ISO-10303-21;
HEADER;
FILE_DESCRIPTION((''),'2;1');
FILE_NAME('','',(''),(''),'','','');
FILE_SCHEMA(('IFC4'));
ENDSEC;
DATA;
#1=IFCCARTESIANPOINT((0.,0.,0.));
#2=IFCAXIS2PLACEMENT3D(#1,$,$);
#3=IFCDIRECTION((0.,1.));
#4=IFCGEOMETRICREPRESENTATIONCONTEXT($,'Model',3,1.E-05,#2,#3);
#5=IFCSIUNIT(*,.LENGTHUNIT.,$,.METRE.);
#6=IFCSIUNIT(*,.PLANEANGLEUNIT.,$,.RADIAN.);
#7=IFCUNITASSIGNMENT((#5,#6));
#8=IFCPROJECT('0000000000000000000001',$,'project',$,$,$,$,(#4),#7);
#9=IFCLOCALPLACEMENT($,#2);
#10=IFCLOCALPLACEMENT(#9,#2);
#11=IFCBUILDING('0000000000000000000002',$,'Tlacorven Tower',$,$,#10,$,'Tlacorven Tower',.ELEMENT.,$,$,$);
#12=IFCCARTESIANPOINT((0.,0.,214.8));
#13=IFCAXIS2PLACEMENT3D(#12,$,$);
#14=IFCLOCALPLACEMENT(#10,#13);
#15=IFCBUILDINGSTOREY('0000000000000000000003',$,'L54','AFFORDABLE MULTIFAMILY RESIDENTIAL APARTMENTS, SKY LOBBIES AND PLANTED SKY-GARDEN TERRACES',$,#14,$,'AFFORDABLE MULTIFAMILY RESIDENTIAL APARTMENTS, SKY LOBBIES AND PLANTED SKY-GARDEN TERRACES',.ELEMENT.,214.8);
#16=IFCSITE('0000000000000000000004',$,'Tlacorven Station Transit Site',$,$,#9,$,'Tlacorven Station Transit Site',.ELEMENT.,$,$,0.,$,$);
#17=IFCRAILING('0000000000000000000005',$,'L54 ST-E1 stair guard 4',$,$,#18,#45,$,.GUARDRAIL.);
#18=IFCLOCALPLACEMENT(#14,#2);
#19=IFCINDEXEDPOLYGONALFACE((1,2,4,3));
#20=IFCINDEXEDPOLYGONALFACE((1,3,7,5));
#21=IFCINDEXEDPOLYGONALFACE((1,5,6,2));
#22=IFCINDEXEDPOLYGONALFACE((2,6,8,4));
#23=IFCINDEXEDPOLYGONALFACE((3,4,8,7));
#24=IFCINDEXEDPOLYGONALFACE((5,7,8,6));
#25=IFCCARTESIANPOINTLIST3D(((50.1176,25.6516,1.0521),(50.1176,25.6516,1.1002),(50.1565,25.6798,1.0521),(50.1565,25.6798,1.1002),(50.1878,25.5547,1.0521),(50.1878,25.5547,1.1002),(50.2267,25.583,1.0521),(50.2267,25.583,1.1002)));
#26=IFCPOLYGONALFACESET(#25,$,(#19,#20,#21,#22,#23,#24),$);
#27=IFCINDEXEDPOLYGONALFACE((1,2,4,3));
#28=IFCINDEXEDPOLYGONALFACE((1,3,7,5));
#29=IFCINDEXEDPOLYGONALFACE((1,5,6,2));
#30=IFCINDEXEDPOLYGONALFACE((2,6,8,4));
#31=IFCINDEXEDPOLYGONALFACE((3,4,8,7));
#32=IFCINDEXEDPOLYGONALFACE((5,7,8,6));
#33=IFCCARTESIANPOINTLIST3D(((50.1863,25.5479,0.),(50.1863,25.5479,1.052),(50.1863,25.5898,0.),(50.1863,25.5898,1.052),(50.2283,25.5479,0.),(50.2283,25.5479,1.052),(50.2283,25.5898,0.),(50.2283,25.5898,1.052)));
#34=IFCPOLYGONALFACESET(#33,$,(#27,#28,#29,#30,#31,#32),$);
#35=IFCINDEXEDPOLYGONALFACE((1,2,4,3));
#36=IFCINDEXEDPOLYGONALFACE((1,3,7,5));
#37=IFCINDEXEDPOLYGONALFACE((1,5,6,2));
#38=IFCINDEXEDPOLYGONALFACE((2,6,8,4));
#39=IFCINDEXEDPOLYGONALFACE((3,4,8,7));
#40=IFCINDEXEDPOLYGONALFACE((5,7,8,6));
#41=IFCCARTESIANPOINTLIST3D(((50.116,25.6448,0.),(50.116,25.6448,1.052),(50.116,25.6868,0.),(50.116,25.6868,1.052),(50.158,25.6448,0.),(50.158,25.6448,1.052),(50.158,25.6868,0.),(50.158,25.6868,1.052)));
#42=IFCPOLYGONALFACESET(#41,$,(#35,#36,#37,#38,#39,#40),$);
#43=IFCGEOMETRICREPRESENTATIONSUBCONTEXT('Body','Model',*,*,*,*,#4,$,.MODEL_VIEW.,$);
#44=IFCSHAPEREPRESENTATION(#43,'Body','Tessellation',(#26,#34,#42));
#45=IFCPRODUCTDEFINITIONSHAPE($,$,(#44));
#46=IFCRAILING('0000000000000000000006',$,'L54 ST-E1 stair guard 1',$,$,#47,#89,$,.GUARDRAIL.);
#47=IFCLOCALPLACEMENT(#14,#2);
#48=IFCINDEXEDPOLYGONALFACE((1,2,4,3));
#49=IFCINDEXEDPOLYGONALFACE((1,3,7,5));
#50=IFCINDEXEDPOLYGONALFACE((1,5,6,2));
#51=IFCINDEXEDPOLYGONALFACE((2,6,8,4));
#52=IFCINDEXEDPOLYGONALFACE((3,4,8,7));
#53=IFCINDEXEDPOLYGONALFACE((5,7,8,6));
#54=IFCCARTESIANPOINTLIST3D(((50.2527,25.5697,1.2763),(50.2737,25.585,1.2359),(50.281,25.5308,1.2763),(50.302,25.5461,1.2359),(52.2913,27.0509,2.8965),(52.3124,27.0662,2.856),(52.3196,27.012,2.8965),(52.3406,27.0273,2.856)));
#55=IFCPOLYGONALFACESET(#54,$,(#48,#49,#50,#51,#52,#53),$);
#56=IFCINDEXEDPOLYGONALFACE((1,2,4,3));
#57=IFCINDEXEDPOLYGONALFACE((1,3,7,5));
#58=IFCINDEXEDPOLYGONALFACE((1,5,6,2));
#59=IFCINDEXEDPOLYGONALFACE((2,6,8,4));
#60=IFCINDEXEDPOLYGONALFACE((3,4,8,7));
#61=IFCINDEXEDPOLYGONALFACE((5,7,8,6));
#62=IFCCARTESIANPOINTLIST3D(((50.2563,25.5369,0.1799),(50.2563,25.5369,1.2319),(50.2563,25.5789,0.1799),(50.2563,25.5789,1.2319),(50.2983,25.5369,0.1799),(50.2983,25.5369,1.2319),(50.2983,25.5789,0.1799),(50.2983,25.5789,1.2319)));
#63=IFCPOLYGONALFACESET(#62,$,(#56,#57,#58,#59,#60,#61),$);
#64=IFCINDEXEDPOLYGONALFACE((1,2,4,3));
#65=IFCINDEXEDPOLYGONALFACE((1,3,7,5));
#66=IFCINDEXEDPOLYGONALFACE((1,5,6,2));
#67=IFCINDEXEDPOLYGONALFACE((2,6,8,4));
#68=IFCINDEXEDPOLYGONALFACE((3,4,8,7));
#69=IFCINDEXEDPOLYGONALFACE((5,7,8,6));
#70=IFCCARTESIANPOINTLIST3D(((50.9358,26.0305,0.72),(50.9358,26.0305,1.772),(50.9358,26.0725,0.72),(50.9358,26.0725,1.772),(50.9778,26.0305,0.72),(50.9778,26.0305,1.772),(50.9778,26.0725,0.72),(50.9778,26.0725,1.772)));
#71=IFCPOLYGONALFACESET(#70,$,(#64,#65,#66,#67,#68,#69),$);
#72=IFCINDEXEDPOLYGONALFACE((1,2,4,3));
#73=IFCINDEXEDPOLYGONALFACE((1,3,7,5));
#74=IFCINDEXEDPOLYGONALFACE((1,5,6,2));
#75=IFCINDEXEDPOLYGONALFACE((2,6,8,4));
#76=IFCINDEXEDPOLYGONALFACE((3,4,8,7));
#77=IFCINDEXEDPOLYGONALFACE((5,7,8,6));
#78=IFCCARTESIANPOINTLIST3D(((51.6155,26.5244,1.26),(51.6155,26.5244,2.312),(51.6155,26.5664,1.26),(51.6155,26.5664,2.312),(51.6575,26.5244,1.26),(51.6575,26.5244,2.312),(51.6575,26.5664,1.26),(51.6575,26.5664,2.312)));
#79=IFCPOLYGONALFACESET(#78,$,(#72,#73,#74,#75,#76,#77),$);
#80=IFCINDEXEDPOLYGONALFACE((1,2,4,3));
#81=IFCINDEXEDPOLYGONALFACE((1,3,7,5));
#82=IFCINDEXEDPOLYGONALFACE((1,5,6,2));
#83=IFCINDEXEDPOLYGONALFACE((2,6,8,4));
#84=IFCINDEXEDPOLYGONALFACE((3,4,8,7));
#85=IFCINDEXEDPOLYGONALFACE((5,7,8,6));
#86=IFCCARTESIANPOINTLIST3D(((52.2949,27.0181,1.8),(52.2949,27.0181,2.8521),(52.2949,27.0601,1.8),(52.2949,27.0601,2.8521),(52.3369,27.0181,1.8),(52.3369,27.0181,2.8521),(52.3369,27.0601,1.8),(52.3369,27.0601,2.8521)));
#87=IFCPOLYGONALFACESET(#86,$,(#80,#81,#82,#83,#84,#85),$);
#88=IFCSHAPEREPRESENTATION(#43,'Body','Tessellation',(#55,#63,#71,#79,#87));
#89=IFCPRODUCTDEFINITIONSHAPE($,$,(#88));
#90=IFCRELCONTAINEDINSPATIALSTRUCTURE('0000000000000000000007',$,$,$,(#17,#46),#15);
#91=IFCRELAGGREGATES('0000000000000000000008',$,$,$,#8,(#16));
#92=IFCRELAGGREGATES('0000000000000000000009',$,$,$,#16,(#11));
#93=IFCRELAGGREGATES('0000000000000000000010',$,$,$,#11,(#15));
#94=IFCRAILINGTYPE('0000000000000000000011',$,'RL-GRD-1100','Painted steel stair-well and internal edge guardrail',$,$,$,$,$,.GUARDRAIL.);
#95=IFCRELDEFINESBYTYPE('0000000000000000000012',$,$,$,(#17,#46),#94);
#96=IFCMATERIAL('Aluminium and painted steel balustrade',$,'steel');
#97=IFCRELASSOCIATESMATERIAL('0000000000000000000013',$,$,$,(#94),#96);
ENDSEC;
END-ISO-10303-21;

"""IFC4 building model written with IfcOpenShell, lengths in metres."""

from ifc_helpers import new_model, si_unit, direction, frame, origin, origin_2d, place, context, subcontext, project, spatial, rectangle, extrude, source, transform, mapped, material, type_object, element, save


model = new_model("IFC4")

# Units and contexts
model_context = context("Model", 3, precision=1e-05, world=origin(), true_north=direction((0.0, 1.0)))
body_context = subcontext(model_context, "Body", "Model", "MODEL_VIEW")
ifc_project = project(units=[si_unit("LENGTHUNIT", "METRE"), si_unit("PLANEANGLEUNIT", "RADIAN")], contexts=[model_context])

# Site, building, storey
site_placement = place(None, origin())
site = spatial("IfcSite", under=ifc_project, at=site_placement, Name="Tlacorven Station Transit Site", LongName="Tlacorven Station Transit Site", CompositionType="ELEMENT", RefElevation=0.0)
building_placement = place(site_placement, origin())
building = spatial("IfcBuilding", under=site, at=building_placement, Name="Tlacorven Tower", LongName="Tlacorven Tower", CompositionType="ELEMENT")
storey_placement = place(building_placement, frame((0.0, 0.0, 214.8)))
storey = spatial("IfcBuildingStorey", under=building, at=storey_placement, Name="L54", Description="AFFORDABLE MULTIFAMILY RESIDENTIAL APARTMENTS, SKY LOBBIES AND PLANTED SKY-GARDEN TERRACES", LongName="AFFORDABLE MULTIFAMILY RESIDENTIAL APARTMENTS, SKY LOBBIES AND PLANTED SKY-GARDEN TERRACES", CompositionType="ELEMENT", Elevation=214.8)

# Railings
ifc_material_1 = material(Name="Aluminium and painted steel balustrade", Category="steel")
railing_type_1 = type_object("IfcRailingType", Name="RL-GRD-1100", Description="Painted steel stair-well and internal edge guardrail", PredefinedType="GUARDRAIL", material=ifc_material_1)
shared_shape_1 = source(origin(), body_context, "Body", "SweptSolid", [
    extrude(rectangle(XDim=0.0481, YDim=0.0481, at=origin_2d()), frame((0.0, 0.0, 1.0762), z_axis=(-0.587201, 0.809441, 0.0), x_axis=(-0.809441, -0.587201, 0.0)), (0.0, 0.0, 1.0), 0.1196),
    extrude(rectangle(XDim=0.042, YDim=0.042, at=origin_2d()), origin(), (0.0, 0.0, 1.0), 1.052),
    extrude(rectangle(XDim=0.042, YDim=0.042, at=origin_2d()), frame((-0.0703, 0.0969, 0.0)), (0.0, 0.0, 1.0), 1.052),
])
railing_1_placement = place(storey_placement, frame((50.2073, 25.5688, 0.0)))
element("IfcRailing", 1, at=railing_1_placement, inside=storey, type_object=railing_type_1, Name="L54 ST-E1 stair guard 4", PredefinedType="GUARDRAIL", context=body_context, shape_type="MappedRepresentation", body=[
    mapped(shared_shape_1, transform((0.0, 0.0, 0.0), scale=1.0)),
])
shared_shape_2 = source(origin(), body_context, "Body", "SweptSolid", [
    extrude(rectangle(XDim=0.0481, YDim=0.0481, at=origin_2d()), frame((0.0, 0.0, 1.0762), z_axis=(0.680489, 0.494434, 0.540805), x_axis=(-0.587809, 0.809, 0.0)), (0.0, 0.0, 1.0), 2.9958),
    extrude(rectangle(XDim=0.042, YDim=0.042, at=origin_2d()), origin(), (0.0, 0.0, 1.0), 1.052),
    extrude(rectangle(XDim=0.042, YDim=0.042, at=origin_2d()), frame((0.6794, 0.4937, 0.54)), (0.0, 0.0, 1.0), 1.052),
    extrude(rectangle(XDim=0.042, YDim=0.042, at=origin_2d()), frame((1.3591, 0.9875, 1.0801)), (0.0, 0.0, 1.0), 1.052),
    extrude(rectangle(XDim=0.042, YDim=0.042, at=origin_2d()), frame((2.0386, 1.4812, 1.6201)), (0.0, 0.0, 1.0), 1.052),
])
railing_2_placement = place(storey_placement, frame((50.2773, 25.5579, 0.1799)))
element("IfcRailing", 2, at=railing_2_placement, inside=storey, type_object=railing_type_1, Name="L54 ST-E1 stair guard 1", PredefinedType="GUARDRAIL", context=body_context, shape_type="MappedRepresentation", body=[
    mapped(shared_shape_2, transform((0.0, 0.0, 0.0), scale=1.0)),
])

save(model, "model.ifc")
